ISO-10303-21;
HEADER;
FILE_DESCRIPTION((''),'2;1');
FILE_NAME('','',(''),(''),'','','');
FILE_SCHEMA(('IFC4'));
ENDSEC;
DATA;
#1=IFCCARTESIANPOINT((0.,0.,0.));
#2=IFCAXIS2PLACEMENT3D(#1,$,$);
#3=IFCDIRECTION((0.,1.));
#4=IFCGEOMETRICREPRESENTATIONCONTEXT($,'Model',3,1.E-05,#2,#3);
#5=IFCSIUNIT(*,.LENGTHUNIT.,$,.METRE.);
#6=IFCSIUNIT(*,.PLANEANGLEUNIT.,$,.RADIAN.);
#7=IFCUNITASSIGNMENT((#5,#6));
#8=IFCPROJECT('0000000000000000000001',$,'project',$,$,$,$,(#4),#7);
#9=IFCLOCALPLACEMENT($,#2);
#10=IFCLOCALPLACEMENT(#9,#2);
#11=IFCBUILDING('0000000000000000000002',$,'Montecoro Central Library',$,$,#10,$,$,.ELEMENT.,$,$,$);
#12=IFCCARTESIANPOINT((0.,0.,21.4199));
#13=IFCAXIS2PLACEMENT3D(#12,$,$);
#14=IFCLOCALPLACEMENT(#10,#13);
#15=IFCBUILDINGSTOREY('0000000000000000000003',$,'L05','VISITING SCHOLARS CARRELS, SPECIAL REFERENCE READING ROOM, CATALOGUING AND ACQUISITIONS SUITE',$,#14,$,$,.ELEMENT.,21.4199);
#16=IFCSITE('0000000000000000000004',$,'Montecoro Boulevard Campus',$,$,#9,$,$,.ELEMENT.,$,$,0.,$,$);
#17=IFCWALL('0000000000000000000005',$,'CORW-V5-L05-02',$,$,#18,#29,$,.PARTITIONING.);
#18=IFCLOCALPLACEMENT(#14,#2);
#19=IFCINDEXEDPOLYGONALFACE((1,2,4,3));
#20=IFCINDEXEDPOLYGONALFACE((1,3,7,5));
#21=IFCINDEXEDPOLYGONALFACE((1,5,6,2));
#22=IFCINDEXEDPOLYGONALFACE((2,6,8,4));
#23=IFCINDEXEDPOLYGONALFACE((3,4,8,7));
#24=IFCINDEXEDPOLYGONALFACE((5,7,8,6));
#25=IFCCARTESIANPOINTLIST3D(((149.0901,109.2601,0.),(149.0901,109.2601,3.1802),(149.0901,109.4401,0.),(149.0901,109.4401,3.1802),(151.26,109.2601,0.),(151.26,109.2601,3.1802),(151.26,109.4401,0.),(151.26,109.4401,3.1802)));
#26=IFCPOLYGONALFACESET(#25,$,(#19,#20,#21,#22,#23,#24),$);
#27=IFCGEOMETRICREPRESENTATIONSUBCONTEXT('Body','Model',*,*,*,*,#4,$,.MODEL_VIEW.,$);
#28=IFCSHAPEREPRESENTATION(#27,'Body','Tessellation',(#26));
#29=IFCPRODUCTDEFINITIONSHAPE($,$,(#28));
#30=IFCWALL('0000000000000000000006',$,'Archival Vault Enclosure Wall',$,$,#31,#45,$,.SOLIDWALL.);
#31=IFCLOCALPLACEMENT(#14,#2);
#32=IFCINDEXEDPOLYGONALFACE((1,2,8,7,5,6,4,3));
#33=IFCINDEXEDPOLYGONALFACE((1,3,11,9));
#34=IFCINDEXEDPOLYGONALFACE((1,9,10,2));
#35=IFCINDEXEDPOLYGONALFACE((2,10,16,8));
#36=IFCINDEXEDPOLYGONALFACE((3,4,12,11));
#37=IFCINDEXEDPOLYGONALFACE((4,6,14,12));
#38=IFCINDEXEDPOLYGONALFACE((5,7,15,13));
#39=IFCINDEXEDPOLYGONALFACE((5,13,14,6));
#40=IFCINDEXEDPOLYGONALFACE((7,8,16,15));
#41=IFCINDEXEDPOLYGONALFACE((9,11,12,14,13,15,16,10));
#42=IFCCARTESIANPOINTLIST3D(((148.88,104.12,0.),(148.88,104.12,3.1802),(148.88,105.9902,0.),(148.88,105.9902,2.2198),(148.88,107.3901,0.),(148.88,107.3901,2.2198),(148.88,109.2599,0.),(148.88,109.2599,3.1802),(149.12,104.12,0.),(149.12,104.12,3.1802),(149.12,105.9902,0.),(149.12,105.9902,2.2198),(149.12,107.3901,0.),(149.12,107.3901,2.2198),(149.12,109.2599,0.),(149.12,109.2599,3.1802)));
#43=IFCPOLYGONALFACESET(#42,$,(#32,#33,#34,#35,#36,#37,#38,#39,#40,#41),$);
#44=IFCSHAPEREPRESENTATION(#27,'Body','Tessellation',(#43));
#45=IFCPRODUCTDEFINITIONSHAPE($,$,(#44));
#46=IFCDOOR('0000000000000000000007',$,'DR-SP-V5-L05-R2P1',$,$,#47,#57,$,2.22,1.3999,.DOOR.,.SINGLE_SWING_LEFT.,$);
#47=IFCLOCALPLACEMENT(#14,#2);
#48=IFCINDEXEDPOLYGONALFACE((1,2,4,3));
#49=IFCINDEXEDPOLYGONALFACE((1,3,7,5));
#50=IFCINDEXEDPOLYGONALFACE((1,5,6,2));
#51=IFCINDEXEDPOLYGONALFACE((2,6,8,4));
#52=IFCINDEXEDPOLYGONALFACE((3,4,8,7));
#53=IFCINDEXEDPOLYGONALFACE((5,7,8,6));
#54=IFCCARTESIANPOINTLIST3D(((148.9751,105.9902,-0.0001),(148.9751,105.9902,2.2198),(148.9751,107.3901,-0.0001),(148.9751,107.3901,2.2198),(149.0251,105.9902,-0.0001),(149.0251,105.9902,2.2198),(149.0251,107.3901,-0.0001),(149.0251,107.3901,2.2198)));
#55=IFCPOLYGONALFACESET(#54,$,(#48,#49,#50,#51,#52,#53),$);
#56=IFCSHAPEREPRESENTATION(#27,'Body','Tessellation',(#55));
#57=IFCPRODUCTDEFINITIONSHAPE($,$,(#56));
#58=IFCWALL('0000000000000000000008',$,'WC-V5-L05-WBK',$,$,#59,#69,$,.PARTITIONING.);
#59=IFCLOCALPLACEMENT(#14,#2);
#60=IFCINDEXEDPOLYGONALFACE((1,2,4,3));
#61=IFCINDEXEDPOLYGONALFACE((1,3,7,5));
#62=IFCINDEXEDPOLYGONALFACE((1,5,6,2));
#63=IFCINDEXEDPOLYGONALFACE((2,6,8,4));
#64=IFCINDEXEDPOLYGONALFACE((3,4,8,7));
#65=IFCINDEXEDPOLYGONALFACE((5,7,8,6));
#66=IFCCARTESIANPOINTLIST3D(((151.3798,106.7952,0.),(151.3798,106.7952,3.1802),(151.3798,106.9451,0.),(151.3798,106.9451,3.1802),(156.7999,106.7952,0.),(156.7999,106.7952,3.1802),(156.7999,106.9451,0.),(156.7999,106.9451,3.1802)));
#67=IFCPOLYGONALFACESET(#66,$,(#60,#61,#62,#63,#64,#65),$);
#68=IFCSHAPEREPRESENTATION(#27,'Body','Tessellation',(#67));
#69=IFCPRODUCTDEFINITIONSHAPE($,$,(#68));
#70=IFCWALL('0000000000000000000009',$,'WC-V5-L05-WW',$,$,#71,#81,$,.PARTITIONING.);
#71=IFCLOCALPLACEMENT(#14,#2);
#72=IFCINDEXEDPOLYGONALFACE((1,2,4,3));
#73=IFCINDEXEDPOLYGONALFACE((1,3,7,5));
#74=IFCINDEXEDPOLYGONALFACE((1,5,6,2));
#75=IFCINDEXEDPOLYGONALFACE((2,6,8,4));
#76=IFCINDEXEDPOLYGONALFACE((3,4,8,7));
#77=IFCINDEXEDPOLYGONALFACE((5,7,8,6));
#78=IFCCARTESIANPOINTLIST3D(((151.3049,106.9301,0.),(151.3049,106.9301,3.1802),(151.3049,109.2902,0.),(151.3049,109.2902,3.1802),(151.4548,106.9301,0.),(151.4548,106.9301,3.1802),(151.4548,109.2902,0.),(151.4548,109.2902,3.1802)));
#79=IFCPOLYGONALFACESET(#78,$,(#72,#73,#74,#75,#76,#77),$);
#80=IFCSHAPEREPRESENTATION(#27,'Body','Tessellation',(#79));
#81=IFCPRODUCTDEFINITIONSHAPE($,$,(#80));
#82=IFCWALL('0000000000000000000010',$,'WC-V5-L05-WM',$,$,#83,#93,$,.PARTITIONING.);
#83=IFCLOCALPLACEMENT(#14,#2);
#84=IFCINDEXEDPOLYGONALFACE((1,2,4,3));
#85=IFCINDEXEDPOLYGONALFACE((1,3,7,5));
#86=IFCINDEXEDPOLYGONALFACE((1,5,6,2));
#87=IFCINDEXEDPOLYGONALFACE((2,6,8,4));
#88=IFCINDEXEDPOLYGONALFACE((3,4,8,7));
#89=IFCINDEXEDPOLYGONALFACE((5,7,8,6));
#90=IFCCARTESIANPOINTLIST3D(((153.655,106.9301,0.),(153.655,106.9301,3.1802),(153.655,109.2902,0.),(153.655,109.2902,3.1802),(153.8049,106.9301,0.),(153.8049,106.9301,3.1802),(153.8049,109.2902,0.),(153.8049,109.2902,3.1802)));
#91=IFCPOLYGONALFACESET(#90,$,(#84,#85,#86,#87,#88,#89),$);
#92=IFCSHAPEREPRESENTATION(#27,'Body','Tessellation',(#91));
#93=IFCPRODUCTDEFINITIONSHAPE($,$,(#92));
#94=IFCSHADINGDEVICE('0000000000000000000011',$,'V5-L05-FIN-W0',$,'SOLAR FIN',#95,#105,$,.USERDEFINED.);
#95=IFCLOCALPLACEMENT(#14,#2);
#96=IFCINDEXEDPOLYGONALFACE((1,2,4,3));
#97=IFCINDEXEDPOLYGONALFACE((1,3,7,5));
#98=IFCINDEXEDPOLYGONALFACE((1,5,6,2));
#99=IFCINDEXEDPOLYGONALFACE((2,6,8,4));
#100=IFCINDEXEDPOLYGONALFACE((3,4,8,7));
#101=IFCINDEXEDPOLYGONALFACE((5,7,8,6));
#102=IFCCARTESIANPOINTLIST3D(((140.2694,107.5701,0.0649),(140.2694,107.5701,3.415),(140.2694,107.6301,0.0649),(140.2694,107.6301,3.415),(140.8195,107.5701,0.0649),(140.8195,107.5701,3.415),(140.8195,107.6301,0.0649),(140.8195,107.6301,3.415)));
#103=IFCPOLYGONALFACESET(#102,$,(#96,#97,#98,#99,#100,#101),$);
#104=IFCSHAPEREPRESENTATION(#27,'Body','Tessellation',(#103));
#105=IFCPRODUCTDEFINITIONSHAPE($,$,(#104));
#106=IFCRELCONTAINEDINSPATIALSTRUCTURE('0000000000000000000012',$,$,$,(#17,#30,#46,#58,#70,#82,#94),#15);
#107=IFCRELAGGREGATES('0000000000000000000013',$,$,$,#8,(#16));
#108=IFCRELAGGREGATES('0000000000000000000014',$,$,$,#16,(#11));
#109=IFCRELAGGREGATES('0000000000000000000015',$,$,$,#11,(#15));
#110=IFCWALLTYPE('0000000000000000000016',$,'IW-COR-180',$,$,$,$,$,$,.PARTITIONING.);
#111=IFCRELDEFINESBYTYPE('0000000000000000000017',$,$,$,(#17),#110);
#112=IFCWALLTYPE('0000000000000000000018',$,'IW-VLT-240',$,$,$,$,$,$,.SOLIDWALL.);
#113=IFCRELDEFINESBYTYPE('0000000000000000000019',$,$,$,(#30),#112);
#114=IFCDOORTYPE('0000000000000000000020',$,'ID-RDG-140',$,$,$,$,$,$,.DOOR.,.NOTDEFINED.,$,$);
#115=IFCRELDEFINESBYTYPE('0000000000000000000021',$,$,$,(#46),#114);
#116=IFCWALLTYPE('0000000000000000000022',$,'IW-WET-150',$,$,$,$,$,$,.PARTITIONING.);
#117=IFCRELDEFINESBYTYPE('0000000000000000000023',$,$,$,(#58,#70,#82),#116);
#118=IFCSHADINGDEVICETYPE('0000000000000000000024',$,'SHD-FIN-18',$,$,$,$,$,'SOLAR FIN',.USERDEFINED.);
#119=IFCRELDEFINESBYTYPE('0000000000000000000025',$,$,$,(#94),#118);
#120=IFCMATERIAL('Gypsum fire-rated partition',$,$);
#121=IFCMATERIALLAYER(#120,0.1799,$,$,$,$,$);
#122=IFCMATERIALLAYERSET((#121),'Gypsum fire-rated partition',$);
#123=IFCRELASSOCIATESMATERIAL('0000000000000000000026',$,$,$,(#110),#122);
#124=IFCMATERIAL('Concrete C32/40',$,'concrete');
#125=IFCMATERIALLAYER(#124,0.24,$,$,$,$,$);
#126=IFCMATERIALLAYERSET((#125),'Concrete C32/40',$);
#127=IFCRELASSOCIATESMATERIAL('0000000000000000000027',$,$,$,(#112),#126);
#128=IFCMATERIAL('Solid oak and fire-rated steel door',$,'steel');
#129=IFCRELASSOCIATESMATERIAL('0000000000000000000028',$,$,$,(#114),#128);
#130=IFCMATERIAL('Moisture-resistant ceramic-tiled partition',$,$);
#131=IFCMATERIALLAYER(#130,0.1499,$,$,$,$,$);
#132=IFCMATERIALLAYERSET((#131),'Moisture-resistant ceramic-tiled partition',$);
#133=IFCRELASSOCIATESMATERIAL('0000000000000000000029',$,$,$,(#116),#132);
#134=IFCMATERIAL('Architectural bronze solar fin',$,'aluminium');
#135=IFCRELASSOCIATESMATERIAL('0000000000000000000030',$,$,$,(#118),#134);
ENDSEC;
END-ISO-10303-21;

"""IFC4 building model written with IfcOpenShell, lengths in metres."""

from ifc_helpers import new_model, si_unit, direction, frame, frame_2d, origin, origin_2d, place, context, subcontext, project, spatial, rectangle, extrude, material, layer, layer_set, type_object, element, fill, save


model = new_model("IFC4")

# Units and contexts
model_context = context("Model", 3, precision=1e-05, world=origin(), true_north=direction((0.0, 1.0)))
body_context = subcontext(model_context, "Body", "Model", "MODEL_VIEW")
ifc_project = project(units=[si_unit("LENGTHUNIT", "METRE"), si_unit("PLANEANGLEUNIT", "RADIAN")], contexts=[model_context])

# Site, building, storey
site_placement = place(None, origin())
site = spatial("IfcSite", under=ifc_project, at=site_placement, Name="Montecoro Boulevard Campus", CompositionType="ELEMENT", RefElevation=0.0)
building_placement = place(site_placement, origin())
building = spatial("IfcBuilding", under=site, at=building_placement, Name="Montecoro Central Library", CompositionType="ELEMENT")
storey_placement = place(building_placement, frame((0.0, 0.0, 21.4199)))
storey = spatial("IfcBuildingStorey", under=building, at=storey_placement, Name="L05", Description="VISITING SCHOLARS CARRELS, SPECIAL REFERENCE READING ROOM, CATALOGUING AND ACQUISITIONS SUITE", CompositionType="ELEMENT", Elevation=21.4199)

# Shared definitions
ifc_material_1 = material(Name="Gypsum fire-rated partition")
ifc_layer_1 = layer(ifc_material_1, 0.1799)
ifc_layer_set_1 = layer_set([ifc_layer_1], Name="Gypsum fire-rated partition")
wall_type_1 = type_object("IfcWallType", Name="IW-COR-180", PredefinedType="PARTITIONING", material=ifc_layer_set_1)
ifc_material_2 = material(Name="Solid oak and fire-rated steel door", Category="steel")

# Wall
wall_1_placement = place(storey_placement, frame((149.0901, 109.3501, 0.0), z_axis=(0.0, 0.0, 1.0), x_axis=(1.0, 0.0, 0.0)))
element("IfcWall", 1, at=wall_1_placement, inside=storey, type_object=wall_type_1, Name="CORW-V5-L05-02", PredefinedType="PARTITIONING", context=body_context, shape_type="SweptSolid", body=[
    extrude(rectangle(XDim=2.1699, YDim=0.1799, at=frame_2d((1.085, 0.0))), origin(), (0.0, 0.0, 1.0), 3.1802),
])

# Wall, opening, door
ifc_material_3 = material(Name="Concrete C32/40", Category="concrete")
ifc_layer_2 = layer(ifc_material_3, 0.24)
ifc_layer_set_2 = layer_set([ifc_layer_2], Name="Concrete C32/40")
wall_type_2 = type_object("IfcWallType", Name="IW-VLT-240", PredefinedType="SOLIDWALL", material=ifc_layer_set_2)
wall_2_placement = place(storey_placement, frame((149.0, 104.1201, 0.0), z_axis=(0.0, 0.0, 1.0), x_axis=(0.0, 1.0, 0.0)))
wall_2 = element("IfcWall", 2, at=wall_2_placement, inside=storey, type_object=wall_type_2, Name="Archival Vault Enclosure Wall", PredefinedType="SOLIDWALL", context=body_context, shape_type="SweptSolid", body=[
    extrude(rectangle(XDim=5.1399, YDim=0.24, at=frame_2d((2.5698, 0.0))), origin(), (0.0, 0.0, 1.0), 3.1802),
])
opening_1_placement = place(wall_2_placement, frame((1.8701, 0.0, 0.0)))
opening_1 = element("IfcOpeningElement", 3, at=opening_1_placement, cuts=wall_2, PredefinedType="OPENING", context=body_context, shape_type="SweptSolid", body=[
    extrude(rectangle(XDim=1.3999, YDim=2.22, at=frame_2d((0.7, 1.1099))), frame((0.0, 0.1299, 0.0), z_axis=(0.0, -1.0, 0.0), x_axis=(1.0, 0.0, 0.0)), (0.0, 0.0, 1.0), 0.26),
])
door_type_1 = type_object("IfcDoorType", Name="ID-RDG-140", OperationType="NOTDEFINED", PredefinedType="DOOR", material=ifc_material_2)
door_1_placement = place(opening_1_placement, origin())
door_1 = element("IfcDoor", 4, at=door_1_placement, inside=storey, type_object=door_type_1, Name="DR-SP-V5-L05-R2P1", OperationType="SINGLE_SWING_LEFT", OverallHeight=2.22, OverallWidth=1.3999, PredefinedType="DOOR", context=body_context, shape_type="SweptSolid", body=[
    extrude(rectangle(XDim=1.3999, YDim=2.22, at=frame_2d((0.7, 1.1099))), frame((0.0, 0.0249, 0.0), z_axis=(0.0, -1.0, 0.0), x_axis=(1.0, 0.0, 0.0)), (0.0, 0.0, 1.0), 0.05),
])
fill(opening_1, door_1)

# Walls
ifc_material_4 = material(Name="Moisture-resistant ceramic-tiled partition")
ifc_layer_3 = layer(ifc_material_4, 0.1499)
ifc_layer_set_3 = layer_set([ifc_layer_3], Name="Moisture-resistant ceramic-tiled partition")
wall_type_3 = type_object("IfcWallType", Name="IW-WET-150", PredefinedType="PARTITIONING", material=ifc_layer_set_3)
wall_3_placement = place(storey_placement, frame((151.3799, 106.8701, 0.0), z_axis=(0.0, 0.0, 1.0), x_axis=(1.0, 0.0, 0.0)))
element("IfcWall", 5, at=wall_3_placement, inside=storey, type_object=wall_type_3, Name="WC-V5-L05-WBK", PredefinedType="PARTITIONING", context=body_context, shape_type="SweptSolid", body=[
    extrude(rectangle(XDim=5.4202, YDim=0.1499, at=frame_2d((2.71, 0.0))), origin(), (0.0, 0.0, 1.0), 3.1802),
])
for number, where, z_axis, x_axis, name in (
    (6, (151.3799, 106.9299, 0.0), (0.0, 0.0, 1.0), (0.0, 1.0, 0.0), "WC-V5-L05-WW"),
    (7, (153.73, 106.9299, 0.0), (0.0, 0.0, 1.0), (0.0, 1.0, 0.0), "WC-V5-L05-WM"),
):
    element("IfcWall", number, at=place(storey_placement, frame(where, z_axis=z_axis, x_axis=x_axis)), inside=storey, type_object=wall_type_3, Name=name, PredefinedType="PARTITIONING", context=body_context, shape_type="SweptSolid", body=[
        extrude(rectangle(XDim=2.3601, YDim=0.1499, at=frame_2d((1.1802, 0.0))), origin(), (0.0, 0.0, 1.0), 3.1802),
    ])

# Shading device
ifc_material_5 = material(Name="Architectural bronze solar fin", Category="aluminium")
shading_device_type = type_object("IfcShadingDeviceType", Name="SHD-FIN-18", ElementType="SOLAR FIN", PredefinedType="USERDEFINED", material=ifc_material_5)
shading_device_placement = place(storey_placement, frame((140.5444, 107.6001, 0.0649), z_axis=(0.0, 0.0, 1.0), x_axis=(0.0, -1.0, 0.0)))
element("IfcShadingDevice", 8, at=shading_device_placement, inside=storey, type_object=shading_device_type, Name="V5-L05-FIN-W0", ObjectType="SOLAR FIN", PredefinedType="USERDEFINED", context=body_context, shape_type="SweptSolid", body=[
    extrude(rectangle(XDim=0.0601, YDim=0.55, at=origin_2d()), origin(), (0.0, 0.0, 1.0), 3.3501),
])

save(model, "model.ifc")
